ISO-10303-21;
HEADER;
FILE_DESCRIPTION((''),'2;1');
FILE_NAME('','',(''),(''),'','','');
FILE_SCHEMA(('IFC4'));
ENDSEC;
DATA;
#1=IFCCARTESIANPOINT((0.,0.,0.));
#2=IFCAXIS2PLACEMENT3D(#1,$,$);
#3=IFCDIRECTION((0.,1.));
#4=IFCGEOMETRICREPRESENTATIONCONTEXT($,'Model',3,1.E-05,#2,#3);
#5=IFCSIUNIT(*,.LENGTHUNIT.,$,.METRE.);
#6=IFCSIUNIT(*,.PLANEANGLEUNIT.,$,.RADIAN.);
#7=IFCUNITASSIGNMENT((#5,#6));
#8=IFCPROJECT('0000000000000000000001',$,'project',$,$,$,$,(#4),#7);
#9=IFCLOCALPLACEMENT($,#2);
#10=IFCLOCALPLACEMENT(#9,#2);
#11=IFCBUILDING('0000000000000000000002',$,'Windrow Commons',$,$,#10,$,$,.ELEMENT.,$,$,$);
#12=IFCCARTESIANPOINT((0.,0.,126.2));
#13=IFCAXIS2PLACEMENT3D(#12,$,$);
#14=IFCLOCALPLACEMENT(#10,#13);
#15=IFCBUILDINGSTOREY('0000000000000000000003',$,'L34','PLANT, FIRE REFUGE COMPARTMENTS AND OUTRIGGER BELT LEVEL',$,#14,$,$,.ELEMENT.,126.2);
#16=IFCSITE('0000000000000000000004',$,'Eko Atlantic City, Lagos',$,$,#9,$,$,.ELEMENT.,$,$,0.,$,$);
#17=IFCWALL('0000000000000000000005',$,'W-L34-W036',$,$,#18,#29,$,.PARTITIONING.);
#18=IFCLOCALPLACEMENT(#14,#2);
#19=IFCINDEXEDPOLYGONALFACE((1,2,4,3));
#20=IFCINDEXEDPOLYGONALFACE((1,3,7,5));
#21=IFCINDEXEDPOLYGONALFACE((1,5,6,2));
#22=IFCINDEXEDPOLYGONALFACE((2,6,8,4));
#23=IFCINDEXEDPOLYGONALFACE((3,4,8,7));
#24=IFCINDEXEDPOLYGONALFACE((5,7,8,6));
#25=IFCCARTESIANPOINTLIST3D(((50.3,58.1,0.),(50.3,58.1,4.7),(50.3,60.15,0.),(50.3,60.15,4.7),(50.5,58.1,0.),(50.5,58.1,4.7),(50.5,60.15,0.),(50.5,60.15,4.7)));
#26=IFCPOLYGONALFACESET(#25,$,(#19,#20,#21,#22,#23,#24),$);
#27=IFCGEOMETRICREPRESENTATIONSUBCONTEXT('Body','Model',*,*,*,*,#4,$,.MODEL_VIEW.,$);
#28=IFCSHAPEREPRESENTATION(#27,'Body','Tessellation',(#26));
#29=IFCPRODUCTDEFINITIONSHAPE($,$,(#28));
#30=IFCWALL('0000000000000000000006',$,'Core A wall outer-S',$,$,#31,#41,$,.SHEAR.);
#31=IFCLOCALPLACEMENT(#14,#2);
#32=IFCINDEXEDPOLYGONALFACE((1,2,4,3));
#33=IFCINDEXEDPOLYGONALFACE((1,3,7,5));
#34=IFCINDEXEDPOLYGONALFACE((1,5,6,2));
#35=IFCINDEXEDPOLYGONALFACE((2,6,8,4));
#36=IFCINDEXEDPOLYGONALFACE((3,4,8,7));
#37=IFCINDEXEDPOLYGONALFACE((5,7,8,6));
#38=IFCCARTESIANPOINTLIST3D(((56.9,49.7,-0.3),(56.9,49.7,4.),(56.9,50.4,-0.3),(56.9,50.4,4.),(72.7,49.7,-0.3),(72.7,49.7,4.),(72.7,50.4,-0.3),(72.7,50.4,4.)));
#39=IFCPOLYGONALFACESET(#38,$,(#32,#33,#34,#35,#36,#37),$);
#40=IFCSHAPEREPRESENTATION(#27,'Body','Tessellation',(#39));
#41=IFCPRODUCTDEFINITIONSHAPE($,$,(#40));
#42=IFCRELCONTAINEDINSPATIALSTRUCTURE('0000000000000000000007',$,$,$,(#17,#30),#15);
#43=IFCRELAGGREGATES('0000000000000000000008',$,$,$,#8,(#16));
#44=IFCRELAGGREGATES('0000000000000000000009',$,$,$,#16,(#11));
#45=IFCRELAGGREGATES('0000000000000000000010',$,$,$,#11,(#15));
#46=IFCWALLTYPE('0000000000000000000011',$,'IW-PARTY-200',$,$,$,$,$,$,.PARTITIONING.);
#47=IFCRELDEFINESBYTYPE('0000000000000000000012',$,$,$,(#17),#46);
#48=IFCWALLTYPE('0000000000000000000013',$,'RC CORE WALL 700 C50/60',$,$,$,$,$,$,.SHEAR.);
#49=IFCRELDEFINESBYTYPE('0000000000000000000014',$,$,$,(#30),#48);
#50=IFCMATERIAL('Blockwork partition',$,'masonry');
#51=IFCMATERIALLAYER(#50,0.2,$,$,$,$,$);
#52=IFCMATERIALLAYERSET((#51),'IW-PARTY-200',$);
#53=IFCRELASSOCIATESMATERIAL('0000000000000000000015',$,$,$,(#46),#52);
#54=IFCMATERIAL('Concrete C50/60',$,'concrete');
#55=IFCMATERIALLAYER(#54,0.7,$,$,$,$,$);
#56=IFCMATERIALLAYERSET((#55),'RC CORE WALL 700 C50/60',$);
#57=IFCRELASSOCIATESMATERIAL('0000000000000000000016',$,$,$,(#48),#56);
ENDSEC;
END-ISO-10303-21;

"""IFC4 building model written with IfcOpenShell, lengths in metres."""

from ifc_helpers import new_model, si_unit, direction, frame, frame_2d, origin, place, context, subcontext, project, spatial, rectangle, extrude, material, layer, layer_set, type_object, element, save


model = new_model("IFC4")

# Units and contexts
model_context = context("Model", 3, precision=1e-05, world=origin(), true_north=direction((0.0, 1.0)))
body_context = subcontext(model_context, "Body", "Model", "MODEL_VIEW")
ifc_project = project(units=[si_unit("LENGTHUNIT", "METRE"), si_unit("PLANEANGLEUNIT", "RADIAN")], contexts=[model_context])

# Site, building, storey
site_placement = place(None, origin())
site = spatial("IfcSite", under=ifc_project, at=site_placement, Name="Eko Atlantic City, Lagos", CompositionType="ELEMENT", RefElevation=0.0)
building_placement = place(site_placement, origin())
building = spatial("IfcBuilding", under=site, at=building_placement, Name="Windrow Commons", CompositionType="ELEMENT")
storey_placement = place(building_placement, frame((0.0, 0.0, 126.2)))
storey = spatial("IfcBuildingStorey", under=building, at=storey_placement, Name="L34", Description="PLANT, FIRE REFUGE COMPARTMENTS AND OUTRIGGER BELT LEVEL", CompositionType="ELEMENT", Elevation=126.2)

# Walls
ifc_material_1 = material(Name="Blockwork partition", Category="masonry")
ifc_layer_1 = layer(ifc_material_1, 0.2)
ifc_layer_set_1 = layer_set([ifc_layer_1], Name="IW-PARTY-200")
wall_type_1 = type_object("IfcWallType", Name="IW-PARTY-200", PredefinedType="PARTITIONING", material=ifc_layer_set_1)
for number, where, z_axis, x_axis, name in (
    (1, (50.4, 58.1, 0.0), (0.0, 0.0, 1.0), (0.0, 1.0, 0.0), "W-L34-W036"),
):
    element("IfcWall", number, at=place(storey_placement, frame(where, z_axis=z_axis, x_axis=x_axis)), inside=storey, type_object=wall_type_1, Name=name, PredefinedType="PARTITIONING", context=body_context, shape_type="SweptSolid", body=[
        extrude(rectangle(XDim=2.05, YDim=0.2, at=frame_2d((1.025, 0.0))), origin(), (0.0, 0.0, 1.0), 4.7),
    ])
ifc_material_2 = material(Name="Concrete C50/60", Category="concrete")
ifc_layer_2 = layer(ifc_material_2, 0.7)
ifc_layer_set_2 = layer_set([ifc_layer_2], Name="RC CORE WALL 700 C50/60")
wall_type_2 = type_object("IfcWallType", Name="RC CORE WALL 700 C50/60", PredefinedType="SHEAR", material=ifc_layer_set_2)
wall_1_placement = place(storey_placement, frame((56.9, 50.05, -0.3), z_axis=(0.0, 0.0, 1.0), x_axis=(1.0, 0.0, 0.0)))
element("IfcWall", 2, at=wall_1_placement, inside=storey, type_object=wall_type_2, Name="Core A wall outer-S", PredefinedType="SHEAR", context=body_context, shape_type="SweptSolid", body=[
    extrude(rectangle(XDim=15.8, YDim=0.7, at=frame_2d((7.9, 0.0))), origin(), (0.0, 0.0, 1.0), 4.3),
])

save(model, "model.ifc")
